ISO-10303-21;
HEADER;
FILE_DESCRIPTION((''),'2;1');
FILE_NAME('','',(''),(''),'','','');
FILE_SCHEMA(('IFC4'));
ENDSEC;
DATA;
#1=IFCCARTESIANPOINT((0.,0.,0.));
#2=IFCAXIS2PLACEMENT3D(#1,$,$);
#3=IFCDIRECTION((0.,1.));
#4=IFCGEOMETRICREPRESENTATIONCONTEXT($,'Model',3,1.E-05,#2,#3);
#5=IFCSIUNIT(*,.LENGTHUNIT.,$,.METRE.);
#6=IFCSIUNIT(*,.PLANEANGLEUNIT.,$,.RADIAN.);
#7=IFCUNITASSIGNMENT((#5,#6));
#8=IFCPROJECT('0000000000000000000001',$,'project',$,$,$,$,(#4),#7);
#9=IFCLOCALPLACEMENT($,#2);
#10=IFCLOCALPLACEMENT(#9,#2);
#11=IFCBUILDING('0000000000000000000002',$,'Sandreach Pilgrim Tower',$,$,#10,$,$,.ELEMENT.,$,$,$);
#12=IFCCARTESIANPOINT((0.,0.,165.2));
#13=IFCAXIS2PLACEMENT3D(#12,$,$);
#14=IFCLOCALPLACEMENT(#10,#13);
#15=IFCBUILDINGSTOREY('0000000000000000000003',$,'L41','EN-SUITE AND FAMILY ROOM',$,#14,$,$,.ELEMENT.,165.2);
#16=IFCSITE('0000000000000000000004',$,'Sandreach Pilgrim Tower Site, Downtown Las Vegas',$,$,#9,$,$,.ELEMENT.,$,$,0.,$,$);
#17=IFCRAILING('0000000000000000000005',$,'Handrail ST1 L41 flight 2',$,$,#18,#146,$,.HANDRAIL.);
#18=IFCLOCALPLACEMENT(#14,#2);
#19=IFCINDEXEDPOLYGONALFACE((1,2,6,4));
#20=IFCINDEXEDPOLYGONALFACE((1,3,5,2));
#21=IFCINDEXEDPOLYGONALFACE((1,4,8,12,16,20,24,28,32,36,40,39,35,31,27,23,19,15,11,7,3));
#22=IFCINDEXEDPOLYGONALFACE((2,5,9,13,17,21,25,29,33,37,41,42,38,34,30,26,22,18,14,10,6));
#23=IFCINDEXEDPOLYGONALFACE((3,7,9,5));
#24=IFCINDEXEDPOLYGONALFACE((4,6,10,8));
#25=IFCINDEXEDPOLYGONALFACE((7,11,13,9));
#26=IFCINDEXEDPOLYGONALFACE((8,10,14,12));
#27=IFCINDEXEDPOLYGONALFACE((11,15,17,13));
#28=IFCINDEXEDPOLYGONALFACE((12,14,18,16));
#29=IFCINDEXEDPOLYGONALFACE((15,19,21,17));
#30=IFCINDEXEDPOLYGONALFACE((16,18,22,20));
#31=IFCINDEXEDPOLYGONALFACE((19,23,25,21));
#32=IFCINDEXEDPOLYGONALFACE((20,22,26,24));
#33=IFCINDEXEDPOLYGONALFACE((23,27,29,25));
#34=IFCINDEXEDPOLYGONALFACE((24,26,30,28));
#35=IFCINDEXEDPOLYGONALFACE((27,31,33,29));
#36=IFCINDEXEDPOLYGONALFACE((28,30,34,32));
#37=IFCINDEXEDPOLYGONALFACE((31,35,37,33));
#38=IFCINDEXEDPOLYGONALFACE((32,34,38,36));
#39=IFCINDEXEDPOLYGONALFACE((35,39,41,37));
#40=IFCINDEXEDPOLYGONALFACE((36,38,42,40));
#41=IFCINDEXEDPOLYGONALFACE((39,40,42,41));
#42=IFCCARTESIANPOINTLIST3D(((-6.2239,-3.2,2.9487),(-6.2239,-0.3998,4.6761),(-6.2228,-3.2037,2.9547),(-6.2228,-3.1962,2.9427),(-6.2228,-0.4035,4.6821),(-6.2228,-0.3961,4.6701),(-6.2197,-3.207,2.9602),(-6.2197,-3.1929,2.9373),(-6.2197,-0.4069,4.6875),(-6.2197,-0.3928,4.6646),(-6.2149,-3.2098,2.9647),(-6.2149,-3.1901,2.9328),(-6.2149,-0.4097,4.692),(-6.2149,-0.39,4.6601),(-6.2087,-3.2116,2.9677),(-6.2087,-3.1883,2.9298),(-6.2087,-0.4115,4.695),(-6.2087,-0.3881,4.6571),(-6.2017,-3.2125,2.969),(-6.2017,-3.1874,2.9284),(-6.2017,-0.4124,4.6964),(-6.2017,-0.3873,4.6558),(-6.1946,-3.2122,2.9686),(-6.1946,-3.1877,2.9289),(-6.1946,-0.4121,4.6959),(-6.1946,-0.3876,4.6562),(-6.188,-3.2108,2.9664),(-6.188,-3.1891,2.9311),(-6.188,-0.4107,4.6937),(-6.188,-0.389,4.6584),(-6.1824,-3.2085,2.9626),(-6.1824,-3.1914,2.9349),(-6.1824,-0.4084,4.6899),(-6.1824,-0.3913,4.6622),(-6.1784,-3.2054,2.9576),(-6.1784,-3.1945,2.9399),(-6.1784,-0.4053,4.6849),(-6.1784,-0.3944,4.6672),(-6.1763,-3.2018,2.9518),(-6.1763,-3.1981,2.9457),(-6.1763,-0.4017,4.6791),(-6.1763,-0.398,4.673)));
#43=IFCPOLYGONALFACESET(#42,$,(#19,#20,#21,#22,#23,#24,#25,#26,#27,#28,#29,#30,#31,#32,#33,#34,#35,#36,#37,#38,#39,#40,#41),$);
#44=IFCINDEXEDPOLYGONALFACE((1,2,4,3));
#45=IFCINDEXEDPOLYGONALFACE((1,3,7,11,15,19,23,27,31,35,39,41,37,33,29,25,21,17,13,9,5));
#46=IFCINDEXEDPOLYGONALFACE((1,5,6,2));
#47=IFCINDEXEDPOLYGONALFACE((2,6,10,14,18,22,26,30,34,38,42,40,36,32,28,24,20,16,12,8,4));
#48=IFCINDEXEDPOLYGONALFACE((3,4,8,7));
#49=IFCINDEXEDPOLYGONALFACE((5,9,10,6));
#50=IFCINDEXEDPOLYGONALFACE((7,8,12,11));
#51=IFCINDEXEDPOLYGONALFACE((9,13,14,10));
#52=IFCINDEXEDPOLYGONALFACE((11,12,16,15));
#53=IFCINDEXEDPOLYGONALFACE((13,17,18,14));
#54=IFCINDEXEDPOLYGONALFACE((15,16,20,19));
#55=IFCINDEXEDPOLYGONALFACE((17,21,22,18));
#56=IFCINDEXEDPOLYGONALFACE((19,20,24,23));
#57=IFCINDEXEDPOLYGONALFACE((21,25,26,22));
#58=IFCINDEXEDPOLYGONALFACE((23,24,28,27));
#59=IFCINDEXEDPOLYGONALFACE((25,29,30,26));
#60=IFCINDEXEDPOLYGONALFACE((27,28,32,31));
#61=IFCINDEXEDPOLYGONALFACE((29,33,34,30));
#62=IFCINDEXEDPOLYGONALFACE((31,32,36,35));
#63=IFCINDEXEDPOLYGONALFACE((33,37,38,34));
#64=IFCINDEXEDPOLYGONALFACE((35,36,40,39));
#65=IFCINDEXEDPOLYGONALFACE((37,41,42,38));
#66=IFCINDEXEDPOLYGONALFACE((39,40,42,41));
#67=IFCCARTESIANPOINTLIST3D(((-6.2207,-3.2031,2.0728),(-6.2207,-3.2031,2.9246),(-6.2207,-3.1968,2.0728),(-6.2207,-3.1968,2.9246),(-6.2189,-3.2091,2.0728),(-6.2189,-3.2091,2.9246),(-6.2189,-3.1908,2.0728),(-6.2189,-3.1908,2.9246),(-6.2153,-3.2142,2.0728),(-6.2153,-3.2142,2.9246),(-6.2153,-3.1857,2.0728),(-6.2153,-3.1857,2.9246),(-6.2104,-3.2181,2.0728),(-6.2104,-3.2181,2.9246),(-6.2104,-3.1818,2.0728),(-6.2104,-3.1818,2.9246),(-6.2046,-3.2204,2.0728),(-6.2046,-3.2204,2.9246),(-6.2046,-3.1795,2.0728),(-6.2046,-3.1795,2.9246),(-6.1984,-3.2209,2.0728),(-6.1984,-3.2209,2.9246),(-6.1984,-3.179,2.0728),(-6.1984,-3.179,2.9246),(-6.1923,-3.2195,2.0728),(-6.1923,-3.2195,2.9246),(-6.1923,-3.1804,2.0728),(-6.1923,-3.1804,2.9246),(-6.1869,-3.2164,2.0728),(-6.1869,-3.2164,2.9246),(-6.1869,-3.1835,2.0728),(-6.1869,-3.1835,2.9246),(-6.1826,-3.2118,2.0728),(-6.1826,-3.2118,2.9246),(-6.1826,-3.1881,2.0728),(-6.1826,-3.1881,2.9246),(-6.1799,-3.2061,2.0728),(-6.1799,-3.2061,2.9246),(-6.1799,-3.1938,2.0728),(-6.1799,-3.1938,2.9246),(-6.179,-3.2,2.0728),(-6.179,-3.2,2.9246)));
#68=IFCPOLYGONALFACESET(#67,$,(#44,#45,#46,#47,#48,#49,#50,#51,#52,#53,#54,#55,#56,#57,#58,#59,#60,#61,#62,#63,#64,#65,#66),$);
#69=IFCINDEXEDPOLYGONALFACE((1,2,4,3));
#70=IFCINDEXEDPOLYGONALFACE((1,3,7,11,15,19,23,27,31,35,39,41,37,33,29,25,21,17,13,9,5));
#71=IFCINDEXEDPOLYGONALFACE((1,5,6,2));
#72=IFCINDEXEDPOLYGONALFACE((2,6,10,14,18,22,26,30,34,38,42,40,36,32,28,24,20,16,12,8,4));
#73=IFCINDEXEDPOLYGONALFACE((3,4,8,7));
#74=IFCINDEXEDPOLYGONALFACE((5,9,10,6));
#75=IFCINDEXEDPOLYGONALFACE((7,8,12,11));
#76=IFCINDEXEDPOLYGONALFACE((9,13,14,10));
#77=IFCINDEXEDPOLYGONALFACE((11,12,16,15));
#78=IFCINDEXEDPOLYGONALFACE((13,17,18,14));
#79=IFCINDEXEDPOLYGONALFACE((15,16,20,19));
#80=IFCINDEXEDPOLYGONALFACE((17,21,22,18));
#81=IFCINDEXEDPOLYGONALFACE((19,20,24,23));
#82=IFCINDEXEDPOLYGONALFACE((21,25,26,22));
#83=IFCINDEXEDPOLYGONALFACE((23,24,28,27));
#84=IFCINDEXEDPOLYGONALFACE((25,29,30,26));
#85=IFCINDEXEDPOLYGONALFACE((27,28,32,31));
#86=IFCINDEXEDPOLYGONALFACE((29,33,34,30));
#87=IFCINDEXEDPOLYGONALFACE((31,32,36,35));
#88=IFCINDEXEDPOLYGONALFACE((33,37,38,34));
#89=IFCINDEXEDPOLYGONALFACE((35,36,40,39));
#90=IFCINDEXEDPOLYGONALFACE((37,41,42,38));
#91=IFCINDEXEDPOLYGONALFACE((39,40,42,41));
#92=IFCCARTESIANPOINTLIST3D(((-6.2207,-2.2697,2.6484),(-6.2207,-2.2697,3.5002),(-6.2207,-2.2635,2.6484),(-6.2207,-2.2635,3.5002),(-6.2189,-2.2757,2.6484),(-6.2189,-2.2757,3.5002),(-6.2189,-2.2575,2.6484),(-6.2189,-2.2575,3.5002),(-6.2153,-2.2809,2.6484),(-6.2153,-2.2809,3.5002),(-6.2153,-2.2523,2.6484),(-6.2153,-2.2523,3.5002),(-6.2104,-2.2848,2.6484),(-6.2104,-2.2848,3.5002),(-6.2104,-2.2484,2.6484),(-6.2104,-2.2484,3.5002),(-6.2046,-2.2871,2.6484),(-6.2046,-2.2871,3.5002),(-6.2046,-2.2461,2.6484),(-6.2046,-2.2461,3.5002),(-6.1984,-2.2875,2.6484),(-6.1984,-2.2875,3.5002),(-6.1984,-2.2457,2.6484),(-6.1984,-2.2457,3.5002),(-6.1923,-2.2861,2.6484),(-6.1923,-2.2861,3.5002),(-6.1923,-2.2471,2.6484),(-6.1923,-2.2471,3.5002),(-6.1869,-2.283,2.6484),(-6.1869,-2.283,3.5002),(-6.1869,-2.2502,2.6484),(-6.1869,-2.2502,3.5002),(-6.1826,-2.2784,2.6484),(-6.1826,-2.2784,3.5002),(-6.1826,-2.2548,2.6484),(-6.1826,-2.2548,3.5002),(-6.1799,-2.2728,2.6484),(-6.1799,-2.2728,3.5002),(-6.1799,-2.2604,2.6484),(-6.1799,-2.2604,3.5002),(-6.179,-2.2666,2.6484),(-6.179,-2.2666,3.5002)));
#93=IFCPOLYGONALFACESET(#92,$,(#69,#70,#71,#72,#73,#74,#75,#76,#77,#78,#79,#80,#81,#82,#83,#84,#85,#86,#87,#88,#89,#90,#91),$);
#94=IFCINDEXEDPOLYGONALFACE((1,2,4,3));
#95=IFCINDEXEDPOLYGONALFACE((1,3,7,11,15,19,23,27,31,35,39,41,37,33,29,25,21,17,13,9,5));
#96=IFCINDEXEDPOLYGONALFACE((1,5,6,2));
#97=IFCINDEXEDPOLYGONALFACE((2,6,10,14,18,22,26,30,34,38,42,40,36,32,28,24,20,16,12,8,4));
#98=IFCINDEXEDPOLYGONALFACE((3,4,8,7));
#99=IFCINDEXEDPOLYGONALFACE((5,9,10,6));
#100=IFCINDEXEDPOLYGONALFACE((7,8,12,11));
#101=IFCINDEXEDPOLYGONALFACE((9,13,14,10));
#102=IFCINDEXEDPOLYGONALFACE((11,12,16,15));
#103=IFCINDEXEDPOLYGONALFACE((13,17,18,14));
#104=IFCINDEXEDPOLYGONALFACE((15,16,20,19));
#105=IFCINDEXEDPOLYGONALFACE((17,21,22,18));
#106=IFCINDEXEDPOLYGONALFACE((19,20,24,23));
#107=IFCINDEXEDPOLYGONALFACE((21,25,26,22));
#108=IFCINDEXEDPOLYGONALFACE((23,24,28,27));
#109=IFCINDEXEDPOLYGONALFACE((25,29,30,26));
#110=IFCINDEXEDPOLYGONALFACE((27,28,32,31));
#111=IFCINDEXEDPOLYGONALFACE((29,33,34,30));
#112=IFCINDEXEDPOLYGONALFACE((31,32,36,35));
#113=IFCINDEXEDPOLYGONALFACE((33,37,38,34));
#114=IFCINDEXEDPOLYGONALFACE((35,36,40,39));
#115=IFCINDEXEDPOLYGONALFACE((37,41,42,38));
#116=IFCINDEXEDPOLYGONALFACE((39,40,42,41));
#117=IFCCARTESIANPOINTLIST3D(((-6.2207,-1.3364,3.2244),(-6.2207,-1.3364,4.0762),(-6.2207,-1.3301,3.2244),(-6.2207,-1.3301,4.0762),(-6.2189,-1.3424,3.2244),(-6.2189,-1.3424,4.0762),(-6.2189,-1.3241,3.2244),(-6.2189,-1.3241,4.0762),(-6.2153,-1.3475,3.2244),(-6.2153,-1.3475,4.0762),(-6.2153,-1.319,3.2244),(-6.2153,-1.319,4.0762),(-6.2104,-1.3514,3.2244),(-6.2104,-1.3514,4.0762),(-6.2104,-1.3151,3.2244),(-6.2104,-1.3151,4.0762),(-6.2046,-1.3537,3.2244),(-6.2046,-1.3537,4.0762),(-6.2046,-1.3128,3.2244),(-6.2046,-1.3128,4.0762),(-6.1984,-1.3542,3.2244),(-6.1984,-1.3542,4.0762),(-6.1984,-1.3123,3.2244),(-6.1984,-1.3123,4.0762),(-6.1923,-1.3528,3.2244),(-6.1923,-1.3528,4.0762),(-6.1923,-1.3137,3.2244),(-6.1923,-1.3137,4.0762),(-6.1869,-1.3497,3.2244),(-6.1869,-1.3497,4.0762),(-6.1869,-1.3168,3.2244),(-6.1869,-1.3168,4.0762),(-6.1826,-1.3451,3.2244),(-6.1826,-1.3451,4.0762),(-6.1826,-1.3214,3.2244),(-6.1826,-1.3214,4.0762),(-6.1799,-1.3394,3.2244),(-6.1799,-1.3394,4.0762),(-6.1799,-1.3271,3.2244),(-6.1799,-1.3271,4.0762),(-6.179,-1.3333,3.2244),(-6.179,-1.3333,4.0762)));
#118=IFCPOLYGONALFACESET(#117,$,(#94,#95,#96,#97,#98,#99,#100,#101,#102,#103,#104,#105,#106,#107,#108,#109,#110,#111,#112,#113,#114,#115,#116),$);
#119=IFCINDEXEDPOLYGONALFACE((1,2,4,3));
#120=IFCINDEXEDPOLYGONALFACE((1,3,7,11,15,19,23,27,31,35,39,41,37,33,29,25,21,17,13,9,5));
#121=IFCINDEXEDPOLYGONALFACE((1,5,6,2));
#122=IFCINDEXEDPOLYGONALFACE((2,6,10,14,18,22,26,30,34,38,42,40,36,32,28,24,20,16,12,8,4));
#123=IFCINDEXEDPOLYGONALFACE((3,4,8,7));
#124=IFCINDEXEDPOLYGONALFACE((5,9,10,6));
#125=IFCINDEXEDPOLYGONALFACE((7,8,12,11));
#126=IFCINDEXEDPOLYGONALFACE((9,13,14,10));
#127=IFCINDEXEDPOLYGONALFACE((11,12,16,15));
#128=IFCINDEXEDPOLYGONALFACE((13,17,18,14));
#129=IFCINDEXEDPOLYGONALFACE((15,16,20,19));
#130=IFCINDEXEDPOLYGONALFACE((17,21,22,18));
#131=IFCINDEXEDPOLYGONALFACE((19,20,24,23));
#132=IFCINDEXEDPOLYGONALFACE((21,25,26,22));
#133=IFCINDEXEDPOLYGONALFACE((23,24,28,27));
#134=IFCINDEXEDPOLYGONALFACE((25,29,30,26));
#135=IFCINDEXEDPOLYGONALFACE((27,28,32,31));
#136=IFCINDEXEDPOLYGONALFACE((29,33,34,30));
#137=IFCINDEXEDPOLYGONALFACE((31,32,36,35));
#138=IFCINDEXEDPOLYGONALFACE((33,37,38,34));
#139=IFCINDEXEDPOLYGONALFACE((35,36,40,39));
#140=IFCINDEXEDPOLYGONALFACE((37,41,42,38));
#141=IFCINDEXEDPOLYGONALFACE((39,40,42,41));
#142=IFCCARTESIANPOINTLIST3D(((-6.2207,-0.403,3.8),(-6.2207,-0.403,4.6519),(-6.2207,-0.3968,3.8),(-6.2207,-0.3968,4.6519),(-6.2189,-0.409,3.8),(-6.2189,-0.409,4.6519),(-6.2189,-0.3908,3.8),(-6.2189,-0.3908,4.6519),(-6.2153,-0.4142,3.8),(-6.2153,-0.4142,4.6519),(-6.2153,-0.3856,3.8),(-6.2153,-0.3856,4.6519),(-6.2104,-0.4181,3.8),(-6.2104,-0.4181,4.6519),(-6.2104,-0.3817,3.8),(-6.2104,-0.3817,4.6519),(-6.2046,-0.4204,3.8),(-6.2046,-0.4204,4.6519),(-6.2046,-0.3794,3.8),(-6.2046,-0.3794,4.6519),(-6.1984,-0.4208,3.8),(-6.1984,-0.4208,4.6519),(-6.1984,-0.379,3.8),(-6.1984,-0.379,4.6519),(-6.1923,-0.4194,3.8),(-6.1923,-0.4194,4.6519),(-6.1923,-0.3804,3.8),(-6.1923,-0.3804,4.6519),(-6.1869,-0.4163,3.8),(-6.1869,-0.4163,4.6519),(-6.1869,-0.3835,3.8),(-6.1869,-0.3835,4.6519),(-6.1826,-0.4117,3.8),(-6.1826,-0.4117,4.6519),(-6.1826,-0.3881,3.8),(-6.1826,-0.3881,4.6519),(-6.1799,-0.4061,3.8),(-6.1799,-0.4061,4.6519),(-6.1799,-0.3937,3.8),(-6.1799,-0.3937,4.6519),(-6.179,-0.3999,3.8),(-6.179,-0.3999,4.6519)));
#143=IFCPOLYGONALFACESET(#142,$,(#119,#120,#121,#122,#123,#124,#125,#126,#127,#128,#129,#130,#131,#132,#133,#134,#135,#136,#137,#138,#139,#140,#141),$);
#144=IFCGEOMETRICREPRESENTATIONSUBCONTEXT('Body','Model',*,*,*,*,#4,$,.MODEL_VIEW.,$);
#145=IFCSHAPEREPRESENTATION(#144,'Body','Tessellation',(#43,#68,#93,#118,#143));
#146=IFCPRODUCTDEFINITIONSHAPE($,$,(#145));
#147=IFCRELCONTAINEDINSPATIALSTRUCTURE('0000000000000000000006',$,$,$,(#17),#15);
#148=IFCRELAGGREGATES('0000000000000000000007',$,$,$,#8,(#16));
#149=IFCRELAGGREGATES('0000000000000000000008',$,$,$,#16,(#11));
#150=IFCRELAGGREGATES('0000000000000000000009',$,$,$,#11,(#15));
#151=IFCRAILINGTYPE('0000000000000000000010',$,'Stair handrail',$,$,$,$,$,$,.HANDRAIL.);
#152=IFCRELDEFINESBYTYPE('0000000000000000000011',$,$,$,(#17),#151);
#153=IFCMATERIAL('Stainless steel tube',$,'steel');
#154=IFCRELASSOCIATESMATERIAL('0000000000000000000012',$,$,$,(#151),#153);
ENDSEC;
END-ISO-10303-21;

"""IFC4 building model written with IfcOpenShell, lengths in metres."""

from ifc_helpers import new_model, si_unit, direction, frame, origin, origin_2d, place, context, subcontext, project, spatial, circle, extrude, material, type_object, element, save


model = new_model("IFC4")

# Units and contexts
model_context = context("Model", 3, precision=1e-05, world=origin(), true_north=direction((0.0, 1.0)))
body_context = subcontext(model_context, "Body", "Model", "MODEL_VIEW")
ifc_project = project(units=[si_unit("LENGTHUNIT", "METRE"), si_unit("PLANEANGLEUNIT", "RADIAN")], contexts=[model_context])

# Site, building, storey
site_placement = place(None, origin())
site = spatial("IfcSite", under=ifc_project, at=site_placement, Name="Sandreach Pilgrim Tower Site, Downtown Las Vegas", CompositionType="ELEMENT", RefElevation=0.0)
building_placement = place(site_placement, origin())
building = spatial("IfcBuilding", under=site, at=building_placement, Name="Sandreach Pilgrim Tower", CompositionType="ELEMENT")
storey_placement = place(building_placement, frame((0.0, 0.0, 165.2)))
storey = spatial("IfcBuildingStorey", under=building, at=storey_placement, Name="L41", Description="EN-SUITE AND FAMILY ROOM", CompositionType="ELEMENT", Elevation=165.2)

# Railing
ifc_material_1 = material(Name="Stainless steel tube", Category="steel")
railing_type = type_object("IfcRailingType", Name="Stair handrail", PredefinedType="HANDRAIL", material=ifc_material_1)
for number, where, name in (
    (1, (-6.2, -3.2, 2.0728), "Handrail ST1 L41 flight 2"),
):
    element("IfcRailing", number, at=place(storey_placement, frame(where)), inside=storey, type_object=railing_type, Name=name, PredefinedType="HANDRAIL", context=body_context, shape_type="SweptSolid", body=[
        extrude(circle(Radius=0.0239, at=origin_2d()), frame((0.0, 0.0, 0.876), z_axis=(0.0, 0.85109, 0.52502), x_axis=(-1.0, 0.0, 0.0)), (0.0, 0.0, 1.0), 3.29),
        extrude(circle(Radius=0.021, at=origin_2d()), origin(), (0.0, 0.0, 1.0), 0.8518),
        extrude(circle(Radius=0.021, at=origin_2d()), frame((0.0, 0.9333, 0.5757)), (0.0, 0.0, 1.0), 0.8518),
        extrude(circle(Radius=0.021, at=origin_2d()), frame((0.0, 1.8667, 1.1516)), (0.0, 0.0, 1.0), 0.8518),
        extrude(circle(Radius=0.021, at=origin_2d()), frame((0.0, 2.8, 1.7273)), (0.0, 0.0, 1.0), 0.8518),
    ])

save(model, "model.ifc")
